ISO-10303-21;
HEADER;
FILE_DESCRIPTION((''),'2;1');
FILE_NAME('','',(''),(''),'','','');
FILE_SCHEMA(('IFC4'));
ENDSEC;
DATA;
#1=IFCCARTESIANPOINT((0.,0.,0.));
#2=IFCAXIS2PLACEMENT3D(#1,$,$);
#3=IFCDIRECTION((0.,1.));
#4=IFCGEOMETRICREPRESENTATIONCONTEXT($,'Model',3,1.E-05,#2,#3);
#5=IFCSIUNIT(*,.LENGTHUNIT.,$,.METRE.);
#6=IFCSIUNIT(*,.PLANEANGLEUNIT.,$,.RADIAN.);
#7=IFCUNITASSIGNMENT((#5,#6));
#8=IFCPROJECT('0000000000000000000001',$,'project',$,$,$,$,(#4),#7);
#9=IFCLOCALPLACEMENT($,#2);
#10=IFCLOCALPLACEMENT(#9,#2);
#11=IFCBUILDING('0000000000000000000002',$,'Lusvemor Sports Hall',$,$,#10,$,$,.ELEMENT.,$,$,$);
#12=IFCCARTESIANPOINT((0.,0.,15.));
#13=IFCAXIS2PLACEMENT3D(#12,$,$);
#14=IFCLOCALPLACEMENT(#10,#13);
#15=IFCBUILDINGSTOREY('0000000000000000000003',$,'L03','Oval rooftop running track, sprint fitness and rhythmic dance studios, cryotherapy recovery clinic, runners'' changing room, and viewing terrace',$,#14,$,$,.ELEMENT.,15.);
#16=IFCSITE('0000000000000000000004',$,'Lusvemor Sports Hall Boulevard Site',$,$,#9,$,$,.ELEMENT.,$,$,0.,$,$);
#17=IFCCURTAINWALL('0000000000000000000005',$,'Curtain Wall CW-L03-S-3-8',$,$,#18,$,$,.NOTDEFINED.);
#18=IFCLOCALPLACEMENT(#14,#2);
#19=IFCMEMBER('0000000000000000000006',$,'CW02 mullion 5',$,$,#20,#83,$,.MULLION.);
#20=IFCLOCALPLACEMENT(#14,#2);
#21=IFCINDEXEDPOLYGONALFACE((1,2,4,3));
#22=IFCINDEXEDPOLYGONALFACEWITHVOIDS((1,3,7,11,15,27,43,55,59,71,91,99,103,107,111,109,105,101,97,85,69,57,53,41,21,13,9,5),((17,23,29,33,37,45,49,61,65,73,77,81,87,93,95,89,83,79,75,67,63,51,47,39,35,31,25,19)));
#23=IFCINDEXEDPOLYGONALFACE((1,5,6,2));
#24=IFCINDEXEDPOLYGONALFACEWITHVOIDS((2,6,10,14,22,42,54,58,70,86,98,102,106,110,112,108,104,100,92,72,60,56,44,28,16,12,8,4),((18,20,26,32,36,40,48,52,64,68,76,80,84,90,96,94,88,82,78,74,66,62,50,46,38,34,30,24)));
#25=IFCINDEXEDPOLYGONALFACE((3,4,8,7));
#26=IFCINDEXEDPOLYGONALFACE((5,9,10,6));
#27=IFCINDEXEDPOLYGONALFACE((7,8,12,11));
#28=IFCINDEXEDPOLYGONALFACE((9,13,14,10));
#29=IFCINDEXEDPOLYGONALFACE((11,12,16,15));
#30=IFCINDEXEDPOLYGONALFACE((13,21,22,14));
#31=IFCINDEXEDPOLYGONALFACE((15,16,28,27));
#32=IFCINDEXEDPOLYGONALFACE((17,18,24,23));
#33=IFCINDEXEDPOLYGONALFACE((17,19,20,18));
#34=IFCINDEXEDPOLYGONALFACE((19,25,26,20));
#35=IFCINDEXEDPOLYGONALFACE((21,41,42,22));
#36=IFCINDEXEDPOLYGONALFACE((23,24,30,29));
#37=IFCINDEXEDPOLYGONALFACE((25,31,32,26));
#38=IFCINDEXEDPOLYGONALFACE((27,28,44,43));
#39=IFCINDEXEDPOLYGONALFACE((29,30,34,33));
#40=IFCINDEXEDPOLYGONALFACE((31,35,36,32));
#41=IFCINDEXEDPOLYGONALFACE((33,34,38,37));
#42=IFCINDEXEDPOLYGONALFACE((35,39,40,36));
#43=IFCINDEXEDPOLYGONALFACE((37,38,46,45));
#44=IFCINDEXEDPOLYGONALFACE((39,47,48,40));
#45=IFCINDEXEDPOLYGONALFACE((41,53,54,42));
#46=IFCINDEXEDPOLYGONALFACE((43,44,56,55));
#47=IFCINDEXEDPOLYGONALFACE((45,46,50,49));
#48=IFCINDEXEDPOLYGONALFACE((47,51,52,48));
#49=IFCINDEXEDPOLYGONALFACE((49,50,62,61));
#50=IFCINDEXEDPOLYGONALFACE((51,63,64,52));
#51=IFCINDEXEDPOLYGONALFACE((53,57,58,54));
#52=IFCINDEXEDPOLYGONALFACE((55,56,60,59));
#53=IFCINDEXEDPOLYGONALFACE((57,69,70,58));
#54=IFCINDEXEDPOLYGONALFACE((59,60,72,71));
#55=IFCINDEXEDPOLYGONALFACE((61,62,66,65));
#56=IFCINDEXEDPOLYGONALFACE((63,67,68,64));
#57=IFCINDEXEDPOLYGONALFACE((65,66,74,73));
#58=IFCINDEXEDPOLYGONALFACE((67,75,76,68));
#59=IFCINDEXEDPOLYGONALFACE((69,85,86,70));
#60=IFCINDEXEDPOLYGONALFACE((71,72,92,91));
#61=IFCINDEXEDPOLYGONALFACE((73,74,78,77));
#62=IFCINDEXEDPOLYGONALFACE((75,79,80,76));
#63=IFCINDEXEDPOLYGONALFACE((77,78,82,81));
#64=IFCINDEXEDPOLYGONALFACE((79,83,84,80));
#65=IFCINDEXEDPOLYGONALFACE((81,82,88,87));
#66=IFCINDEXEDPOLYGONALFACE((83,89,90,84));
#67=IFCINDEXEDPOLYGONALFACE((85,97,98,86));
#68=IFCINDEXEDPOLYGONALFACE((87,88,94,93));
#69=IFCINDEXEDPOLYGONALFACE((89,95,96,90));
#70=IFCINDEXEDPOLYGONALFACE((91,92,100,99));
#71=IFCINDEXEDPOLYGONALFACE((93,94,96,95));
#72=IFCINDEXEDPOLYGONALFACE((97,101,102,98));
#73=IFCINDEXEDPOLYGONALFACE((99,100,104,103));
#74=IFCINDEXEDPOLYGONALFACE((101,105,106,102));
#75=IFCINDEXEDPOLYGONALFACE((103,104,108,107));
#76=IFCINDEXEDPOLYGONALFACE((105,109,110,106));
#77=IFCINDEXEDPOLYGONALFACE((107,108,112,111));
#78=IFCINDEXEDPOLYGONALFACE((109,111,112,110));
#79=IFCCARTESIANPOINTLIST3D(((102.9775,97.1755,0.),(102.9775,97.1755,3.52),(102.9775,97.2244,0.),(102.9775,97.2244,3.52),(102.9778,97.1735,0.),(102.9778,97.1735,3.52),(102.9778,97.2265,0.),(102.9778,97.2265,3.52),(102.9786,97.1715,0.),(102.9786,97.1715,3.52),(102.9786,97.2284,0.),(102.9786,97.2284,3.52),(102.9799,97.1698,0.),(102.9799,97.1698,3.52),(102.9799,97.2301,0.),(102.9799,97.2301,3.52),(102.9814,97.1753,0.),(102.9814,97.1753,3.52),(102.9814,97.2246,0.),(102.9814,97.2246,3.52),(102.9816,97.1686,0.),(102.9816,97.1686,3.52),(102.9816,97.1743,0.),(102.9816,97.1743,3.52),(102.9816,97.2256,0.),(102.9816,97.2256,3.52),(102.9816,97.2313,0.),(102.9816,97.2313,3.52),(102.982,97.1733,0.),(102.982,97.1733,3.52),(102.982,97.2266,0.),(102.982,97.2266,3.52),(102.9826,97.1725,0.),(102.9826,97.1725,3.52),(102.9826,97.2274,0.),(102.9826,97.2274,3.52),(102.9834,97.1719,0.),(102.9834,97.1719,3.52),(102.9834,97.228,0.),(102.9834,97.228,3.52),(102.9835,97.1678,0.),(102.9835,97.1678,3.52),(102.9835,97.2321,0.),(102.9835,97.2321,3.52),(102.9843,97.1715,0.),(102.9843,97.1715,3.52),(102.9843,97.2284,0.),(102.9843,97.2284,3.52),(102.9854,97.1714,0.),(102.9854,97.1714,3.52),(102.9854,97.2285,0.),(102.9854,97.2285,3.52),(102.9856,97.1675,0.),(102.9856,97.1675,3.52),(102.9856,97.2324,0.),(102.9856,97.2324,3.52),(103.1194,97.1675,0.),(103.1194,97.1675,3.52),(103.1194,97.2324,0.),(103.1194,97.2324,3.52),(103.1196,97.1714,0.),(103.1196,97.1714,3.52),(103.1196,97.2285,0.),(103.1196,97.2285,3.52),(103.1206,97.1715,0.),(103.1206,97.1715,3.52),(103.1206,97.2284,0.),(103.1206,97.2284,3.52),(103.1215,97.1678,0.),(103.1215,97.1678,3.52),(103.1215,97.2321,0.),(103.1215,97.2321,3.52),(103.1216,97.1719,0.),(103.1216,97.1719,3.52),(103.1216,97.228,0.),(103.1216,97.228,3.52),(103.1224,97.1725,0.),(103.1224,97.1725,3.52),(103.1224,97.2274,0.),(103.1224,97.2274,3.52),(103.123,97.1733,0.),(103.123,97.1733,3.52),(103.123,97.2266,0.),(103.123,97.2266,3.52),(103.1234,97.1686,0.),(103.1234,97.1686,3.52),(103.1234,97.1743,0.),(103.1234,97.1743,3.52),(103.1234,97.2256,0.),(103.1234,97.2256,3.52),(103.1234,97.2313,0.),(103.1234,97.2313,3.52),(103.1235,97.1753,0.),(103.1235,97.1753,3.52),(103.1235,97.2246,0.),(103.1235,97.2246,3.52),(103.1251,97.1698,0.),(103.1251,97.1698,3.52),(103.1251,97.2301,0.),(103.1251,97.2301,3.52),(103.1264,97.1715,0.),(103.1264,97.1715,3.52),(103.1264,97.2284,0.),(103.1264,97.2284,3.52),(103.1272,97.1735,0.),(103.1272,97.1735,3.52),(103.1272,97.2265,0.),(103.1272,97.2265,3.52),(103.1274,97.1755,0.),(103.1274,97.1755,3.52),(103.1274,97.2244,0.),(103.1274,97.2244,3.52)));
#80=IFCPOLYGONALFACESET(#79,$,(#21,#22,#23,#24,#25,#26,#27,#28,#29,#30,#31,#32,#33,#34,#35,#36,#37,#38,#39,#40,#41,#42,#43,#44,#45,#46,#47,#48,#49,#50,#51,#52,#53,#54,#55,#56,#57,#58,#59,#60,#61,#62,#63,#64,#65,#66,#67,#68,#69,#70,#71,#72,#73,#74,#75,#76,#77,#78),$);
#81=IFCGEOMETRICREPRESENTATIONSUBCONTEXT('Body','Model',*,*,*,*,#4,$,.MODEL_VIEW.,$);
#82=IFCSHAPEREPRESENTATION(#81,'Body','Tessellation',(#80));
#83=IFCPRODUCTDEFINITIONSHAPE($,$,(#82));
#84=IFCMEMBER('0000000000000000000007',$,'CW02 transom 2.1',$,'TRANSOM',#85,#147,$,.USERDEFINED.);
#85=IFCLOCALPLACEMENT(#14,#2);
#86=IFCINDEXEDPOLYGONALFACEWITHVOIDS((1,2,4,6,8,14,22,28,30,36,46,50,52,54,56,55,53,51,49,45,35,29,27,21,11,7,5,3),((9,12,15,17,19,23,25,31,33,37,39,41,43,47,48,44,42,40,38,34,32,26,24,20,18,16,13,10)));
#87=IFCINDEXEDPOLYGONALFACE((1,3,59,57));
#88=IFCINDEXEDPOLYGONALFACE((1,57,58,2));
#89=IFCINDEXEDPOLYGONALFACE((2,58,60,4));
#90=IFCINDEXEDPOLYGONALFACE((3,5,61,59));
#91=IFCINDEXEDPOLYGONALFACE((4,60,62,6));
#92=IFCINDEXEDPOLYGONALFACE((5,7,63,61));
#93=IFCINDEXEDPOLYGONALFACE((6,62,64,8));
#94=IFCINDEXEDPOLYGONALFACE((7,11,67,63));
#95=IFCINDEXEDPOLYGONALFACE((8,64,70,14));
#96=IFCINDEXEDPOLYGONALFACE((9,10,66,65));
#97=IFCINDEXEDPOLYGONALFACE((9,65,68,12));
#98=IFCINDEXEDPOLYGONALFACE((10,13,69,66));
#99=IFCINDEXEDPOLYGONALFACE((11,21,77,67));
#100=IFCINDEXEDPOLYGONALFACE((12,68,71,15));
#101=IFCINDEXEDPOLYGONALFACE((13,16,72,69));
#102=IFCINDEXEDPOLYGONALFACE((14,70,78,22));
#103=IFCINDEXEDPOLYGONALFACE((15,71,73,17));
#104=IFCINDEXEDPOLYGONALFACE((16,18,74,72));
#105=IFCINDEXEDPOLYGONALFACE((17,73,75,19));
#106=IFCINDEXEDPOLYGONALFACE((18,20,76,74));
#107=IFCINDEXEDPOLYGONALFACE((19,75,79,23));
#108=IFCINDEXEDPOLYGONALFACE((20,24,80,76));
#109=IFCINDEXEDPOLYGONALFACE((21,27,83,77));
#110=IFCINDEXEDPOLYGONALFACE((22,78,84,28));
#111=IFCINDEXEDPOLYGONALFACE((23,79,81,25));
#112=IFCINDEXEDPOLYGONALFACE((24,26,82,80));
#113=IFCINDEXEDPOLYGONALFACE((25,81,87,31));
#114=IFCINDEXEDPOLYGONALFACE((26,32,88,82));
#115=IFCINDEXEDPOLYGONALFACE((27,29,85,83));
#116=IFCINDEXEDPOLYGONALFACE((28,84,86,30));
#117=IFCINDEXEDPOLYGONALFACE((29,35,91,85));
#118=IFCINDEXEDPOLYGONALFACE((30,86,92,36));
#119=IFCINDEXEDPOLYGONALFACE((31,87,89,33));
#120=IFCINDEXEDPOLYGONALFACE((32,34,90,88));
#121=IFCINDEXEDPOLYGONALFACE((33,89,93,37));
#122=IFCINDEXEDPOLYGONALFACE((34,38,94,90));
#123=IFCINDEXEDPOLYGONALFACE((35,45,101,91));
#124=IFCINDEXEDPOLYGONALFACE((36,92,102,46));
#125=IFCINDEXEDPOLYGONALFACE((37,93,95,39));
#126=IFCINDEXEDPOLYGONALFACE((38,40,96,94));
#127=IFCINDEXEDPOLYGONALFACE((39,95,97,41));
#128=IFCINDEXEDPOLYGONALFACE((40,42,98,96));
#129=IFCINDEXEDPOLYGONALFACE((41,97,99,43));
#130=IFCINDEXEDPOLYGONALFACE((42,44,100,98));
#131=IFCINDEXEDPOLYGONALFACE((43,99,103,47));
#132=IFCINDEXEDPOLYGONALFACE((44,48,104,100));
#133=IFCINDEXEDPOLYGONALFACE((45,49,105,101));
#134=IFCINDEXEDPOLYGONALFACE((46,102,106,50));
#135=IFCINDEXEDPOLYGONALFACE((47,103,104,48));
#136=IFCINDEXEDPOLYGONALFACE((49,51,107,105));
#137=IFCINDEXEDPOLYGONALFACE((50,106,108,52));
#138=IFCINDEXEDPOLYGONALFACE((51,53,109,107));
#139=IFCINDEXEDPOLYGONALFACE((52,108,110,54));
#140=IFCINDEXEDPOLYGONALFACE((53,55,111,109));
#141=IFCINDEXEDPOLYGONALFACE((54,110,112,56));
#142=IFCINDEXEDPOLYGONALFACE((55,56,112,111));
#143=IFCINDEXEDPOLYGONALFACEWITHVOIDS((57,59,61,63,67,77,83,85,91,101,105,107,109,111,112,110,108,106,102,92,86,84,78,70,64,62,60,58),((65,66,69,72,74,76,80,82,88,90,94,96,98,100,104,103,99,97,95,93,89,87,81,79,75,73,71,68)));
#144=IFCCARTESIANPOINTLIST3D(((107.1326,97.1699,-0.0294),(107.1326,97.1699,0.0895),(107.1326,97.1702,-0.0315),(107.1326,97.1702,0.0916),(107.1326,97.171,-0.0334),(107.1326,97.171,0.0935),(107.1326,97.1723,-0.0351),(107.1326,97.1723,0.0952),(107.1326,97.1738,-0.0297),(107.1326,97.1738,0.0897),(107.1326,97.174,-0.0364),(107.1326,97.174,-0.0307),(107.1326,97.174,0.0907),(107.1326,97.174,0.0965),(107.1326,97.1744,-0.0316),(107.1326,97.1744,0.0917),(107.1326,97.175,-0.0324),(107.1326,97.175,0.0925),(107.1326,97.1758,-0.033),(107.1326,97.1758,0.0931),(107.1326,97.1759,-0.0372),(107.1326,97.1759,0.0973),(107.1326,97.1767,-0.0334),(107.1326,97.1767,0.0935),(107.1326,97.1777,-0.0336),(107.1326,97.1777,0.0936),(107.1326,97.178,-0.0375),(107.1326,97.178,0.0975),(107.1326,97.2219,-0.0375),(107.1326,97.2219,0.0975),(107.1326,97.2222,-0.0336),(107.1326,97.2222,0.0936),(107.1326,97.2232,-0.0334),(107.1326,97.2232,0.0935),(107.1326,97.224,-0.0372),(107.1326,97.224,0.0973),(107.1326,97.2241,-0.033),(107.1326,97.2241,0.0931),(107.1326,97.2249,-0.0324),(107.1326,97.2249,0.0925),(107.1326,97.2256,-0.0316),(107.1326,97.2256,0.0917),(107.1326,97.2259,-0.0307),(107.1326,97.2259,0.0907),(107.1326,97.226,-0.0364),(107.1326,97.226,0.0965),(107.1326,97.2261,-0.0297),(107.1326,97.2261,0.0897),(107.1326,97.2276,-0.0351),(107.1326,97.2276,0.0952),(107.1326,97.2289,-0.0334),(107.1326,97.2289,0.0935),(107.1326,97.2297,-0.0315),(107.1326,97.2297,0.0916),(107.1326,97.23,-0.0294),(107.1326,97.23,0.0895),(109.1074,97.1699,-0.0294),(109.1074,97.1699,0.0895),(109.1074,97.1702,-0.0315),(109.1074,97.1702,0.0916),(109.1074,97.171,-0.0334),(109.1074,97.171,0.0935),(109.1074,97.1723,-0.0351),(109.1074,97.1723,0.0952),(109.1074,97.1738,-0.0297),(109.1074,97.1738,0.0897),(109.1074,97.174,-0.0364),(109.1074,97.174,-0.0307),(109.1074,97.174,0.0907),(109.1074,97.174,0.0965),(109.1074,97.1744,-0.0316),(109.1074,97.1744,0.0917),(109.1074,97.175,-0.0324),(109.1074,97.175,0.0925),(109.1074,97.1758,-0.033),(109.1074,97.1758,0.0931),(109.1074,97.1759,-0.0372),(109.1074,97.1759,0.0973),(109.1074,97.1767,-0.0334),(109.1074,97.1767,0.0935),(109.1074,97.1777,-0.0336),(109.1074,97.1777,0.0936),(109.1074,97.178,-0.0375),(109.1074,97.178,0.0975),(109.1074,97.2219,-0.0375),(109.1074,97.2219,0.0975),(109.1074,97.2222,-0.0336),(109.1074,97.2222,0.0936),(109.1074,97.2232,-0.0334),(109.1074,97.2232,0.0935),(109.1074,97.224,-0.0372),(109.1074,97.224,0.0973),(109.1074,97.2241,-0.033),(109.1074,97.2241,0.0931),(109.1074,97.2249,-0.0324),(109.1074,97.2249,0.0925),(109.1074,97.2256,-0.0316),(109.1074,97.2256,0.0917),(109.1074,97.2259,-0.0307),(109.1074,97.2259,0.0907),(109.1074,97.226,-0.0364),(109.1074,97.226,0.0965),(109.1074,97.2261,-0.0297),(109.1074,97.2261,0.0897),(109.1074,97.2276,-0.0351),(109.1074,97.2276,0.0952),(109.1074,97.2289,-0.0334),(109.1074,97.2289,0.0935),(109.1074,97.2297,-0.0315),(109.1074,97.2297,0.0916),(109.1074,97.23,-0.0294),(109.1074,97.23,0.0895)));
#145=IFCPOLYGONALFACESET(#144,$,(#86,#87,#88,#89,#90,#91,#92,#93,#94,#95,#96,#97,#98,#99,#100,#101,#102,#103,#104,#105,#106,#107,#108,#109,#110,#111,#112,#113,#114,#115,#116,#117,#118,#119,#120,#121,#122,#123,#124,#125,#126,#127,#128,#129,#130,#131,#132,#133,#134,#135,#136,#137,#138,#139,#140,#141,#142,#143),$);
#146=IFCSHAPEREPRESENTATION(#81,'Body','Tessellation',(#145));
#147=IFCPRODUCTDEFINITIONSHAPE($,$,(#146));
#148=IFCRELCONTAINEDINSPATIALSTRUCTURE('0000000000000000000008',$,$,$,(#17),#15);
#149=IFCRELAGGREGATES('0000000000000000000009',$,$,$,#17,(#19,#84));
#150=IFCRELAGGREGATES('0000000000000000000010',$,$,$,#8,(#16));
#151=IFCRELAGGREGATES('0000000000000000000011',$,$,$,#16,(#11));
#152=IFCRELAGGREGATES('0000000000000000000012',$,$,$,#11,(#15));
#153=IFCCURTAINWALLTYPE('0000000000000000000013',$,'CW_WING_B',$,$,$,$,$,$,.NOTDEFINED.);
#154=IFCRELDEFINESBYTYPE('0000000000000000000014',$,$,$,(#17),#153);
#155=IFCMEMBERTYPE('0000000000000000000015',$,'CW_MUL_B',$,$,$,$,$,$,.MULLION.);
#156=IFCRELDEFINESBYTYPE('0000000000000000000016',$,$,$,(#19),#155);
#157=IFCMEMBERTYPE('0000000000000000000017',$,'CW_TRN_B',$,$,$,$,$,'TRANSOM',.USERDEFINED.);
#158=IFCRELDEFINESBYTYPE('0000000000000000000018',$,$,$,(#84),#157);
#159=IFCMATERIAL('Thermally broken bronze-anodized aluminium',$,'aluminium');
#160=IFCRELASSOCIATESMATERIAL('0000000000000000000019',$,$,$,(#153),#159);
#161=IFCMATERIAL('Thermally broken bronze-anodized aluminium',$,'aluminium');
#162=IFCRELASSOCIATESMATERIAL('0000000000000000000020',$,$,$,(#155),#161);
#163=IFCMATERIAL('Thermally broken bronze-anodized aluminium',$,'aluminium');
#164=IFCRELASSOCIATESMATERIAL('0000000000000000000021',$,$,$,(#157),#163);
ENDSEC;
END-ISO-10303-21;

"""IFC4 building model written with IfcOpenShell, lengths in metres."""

from ifc_helpers import new_model, si_unit, direction, frame, origin, origin_2d, place, context, subcontext, project, spatial, hollow_rectangle, extrude, material, material_profile, profile_set, type_object, element, aggregate, save


model = new_model("IFC4")

# Units and contexts
model_context = context("Model", 3, precision=1e-05, world=origin(), true_north=direction((0.0, 1.0)))
body_context = subcontext(model_context, "Body", "Model", "MODEL_VIEW")
ifc_project = project(units=[si_unit("LENGTHUNIT", "METRE"), si_unit("PLANEANGLEUNIT", "RADIAN")], contexts=[model_context])

# Site, building, storey
site_placement = place(None, origin())
site = spatial("IfcSite", under=ifc_project, at=site_placement, Name="Lusvemor Sports Hall Boulevard Site", CompositionType="ELEMENT", RefElevation=0.0)
building_placement = place(site_placement, origin())
building = spatial("IfcBuilding", under=site, at=building_placement, Name="Lusvemor Sports Hall", CompositionType="ELEMENT")
storey_placement = place(building_placement, frame((0.0, 0.0, 15.0)))
storey = spatial("IfcBuildingStorey", under=building, at=storey_placement, Name="L03", Description="Oval rooftop running track, sprint fitness and rhythmic dance studios, cryotherapy recovery clinic, runners' changing room, and viewing terrace", CompositionType="ELEMENT", Elevation=15.0)

# Curtain wall, members
ifc_material_1 = material(Name="Thermally broken bronze-anodized aluminium", Category="aluminium")
curtain_wall_type = type_object("IfcCurtainWallType", Name="CW_WING_B", PredefinedType="NOTDEFINED", material=ifc_material_1)
curtain_wall_placement = place(storey_placement, origin())
curtain_wall = element("IfcCurtainWall", 1, at=curtain_wall_placement, inside=storey, type_object=curtain_wall_type, Name="Curtain Wall CW-L03-S-3-8", PredefinedType="NOTDEFINED")
ifc_material_2 = material(Name="Thermally broken bronze-anodized aluminium", Category="aluminium")
ifc_material_profile_1 = material_profile(ifc_material_2, hollow_rectangle(XDim=0.0649, YDim=0.1499, WallThickness=0.0039, InnerFilletRadius=0.0039, OuterFilletRadius=0.0081, at=origin_2d()), Name="CWMUL150x65x4")
ifc_profile_set_1 = profile_set([ifc_material_profile_1], Name="Thermally broken bronze-anodized aluminium")
member_type_1 = type_object("IfcMemberType", Name="CW_MUL_B", PredefinedType="MULLION", material=ifc_profile_set_1)
member_1_placement = place(storey_placement, frame((103.0525, 97.2, 0.0), z_axis=(0.0, 0.0, 1.0), x_axis=(0.0, -1.0, 0.0)))
member_1 = element("IfcMember", 2, at=member_1_placement, type_object=member_type_1, Name="CW02 mullion 5", PredefinedType="MULLION", context=body_context, shape_type="SweptSolid", body=[
    extrude(hollow_rectangle(XDim=0.0649, YDim=0.1499, WallThickness=0.0039, InnerFilletRadius=0.0039, OuterFilletRadius=0.0081, at=origin_2d()), origin(), (0.0, 0.0, 1.0), 3.52),
])
ifc_material_3 = material(Name="Thermally broken bronze-anodized aluminium", Category="aluminium")
ifc_material_profile_2 = material_profile(ifc_material_3, hollow_rectangle(XDim=0.0601, YDim=0.135, WallThickness=0.0039, InnerFilletRadius=0.0039, OuterFilletRadius=0.0081, at=origin_2d()), Name="CWTRN135x60x4")
ifc_profile_set_2 = profile_set([ifc_material_profile_2], Name="Thermally broken bronze-anodized aluminium")
member_type_2 = type_object("IfcMemberType", Name="CW_TRN_B", ElementType="TRANSOM", PredefinedType="USERDEFINED", material=ifc_profile_set_2)
member_2_placement = place(storey_placement, frame((109.1074, 97.2, 0.03), z_axis=(-1.0, 0.0, 0.0), x_axis=(0.0, -1.0, 0.0)))
member_2 = element("IfcMember", 3, at=member_2_placement, type_object=member_type_2, Name="CW02 transom 2.1", ObjectType="TRANSOM", PredefinedType="USERDEFINED", context=body_context, shape_type="SweptSolid", body=[
    extrude(hollow_rectangle(XDim=0.0601, YDim=0.135, WallThickness=0.0039, InnerFilletRadius=0.0039, OuterFilletRadius=0.0081, at=origin_2d()), origin(), (0.0, 0.0, 1.0), 1.9749),
])

aggregate(curtain_wall, [member_1, member_2])

save(model, "model.ifc")
